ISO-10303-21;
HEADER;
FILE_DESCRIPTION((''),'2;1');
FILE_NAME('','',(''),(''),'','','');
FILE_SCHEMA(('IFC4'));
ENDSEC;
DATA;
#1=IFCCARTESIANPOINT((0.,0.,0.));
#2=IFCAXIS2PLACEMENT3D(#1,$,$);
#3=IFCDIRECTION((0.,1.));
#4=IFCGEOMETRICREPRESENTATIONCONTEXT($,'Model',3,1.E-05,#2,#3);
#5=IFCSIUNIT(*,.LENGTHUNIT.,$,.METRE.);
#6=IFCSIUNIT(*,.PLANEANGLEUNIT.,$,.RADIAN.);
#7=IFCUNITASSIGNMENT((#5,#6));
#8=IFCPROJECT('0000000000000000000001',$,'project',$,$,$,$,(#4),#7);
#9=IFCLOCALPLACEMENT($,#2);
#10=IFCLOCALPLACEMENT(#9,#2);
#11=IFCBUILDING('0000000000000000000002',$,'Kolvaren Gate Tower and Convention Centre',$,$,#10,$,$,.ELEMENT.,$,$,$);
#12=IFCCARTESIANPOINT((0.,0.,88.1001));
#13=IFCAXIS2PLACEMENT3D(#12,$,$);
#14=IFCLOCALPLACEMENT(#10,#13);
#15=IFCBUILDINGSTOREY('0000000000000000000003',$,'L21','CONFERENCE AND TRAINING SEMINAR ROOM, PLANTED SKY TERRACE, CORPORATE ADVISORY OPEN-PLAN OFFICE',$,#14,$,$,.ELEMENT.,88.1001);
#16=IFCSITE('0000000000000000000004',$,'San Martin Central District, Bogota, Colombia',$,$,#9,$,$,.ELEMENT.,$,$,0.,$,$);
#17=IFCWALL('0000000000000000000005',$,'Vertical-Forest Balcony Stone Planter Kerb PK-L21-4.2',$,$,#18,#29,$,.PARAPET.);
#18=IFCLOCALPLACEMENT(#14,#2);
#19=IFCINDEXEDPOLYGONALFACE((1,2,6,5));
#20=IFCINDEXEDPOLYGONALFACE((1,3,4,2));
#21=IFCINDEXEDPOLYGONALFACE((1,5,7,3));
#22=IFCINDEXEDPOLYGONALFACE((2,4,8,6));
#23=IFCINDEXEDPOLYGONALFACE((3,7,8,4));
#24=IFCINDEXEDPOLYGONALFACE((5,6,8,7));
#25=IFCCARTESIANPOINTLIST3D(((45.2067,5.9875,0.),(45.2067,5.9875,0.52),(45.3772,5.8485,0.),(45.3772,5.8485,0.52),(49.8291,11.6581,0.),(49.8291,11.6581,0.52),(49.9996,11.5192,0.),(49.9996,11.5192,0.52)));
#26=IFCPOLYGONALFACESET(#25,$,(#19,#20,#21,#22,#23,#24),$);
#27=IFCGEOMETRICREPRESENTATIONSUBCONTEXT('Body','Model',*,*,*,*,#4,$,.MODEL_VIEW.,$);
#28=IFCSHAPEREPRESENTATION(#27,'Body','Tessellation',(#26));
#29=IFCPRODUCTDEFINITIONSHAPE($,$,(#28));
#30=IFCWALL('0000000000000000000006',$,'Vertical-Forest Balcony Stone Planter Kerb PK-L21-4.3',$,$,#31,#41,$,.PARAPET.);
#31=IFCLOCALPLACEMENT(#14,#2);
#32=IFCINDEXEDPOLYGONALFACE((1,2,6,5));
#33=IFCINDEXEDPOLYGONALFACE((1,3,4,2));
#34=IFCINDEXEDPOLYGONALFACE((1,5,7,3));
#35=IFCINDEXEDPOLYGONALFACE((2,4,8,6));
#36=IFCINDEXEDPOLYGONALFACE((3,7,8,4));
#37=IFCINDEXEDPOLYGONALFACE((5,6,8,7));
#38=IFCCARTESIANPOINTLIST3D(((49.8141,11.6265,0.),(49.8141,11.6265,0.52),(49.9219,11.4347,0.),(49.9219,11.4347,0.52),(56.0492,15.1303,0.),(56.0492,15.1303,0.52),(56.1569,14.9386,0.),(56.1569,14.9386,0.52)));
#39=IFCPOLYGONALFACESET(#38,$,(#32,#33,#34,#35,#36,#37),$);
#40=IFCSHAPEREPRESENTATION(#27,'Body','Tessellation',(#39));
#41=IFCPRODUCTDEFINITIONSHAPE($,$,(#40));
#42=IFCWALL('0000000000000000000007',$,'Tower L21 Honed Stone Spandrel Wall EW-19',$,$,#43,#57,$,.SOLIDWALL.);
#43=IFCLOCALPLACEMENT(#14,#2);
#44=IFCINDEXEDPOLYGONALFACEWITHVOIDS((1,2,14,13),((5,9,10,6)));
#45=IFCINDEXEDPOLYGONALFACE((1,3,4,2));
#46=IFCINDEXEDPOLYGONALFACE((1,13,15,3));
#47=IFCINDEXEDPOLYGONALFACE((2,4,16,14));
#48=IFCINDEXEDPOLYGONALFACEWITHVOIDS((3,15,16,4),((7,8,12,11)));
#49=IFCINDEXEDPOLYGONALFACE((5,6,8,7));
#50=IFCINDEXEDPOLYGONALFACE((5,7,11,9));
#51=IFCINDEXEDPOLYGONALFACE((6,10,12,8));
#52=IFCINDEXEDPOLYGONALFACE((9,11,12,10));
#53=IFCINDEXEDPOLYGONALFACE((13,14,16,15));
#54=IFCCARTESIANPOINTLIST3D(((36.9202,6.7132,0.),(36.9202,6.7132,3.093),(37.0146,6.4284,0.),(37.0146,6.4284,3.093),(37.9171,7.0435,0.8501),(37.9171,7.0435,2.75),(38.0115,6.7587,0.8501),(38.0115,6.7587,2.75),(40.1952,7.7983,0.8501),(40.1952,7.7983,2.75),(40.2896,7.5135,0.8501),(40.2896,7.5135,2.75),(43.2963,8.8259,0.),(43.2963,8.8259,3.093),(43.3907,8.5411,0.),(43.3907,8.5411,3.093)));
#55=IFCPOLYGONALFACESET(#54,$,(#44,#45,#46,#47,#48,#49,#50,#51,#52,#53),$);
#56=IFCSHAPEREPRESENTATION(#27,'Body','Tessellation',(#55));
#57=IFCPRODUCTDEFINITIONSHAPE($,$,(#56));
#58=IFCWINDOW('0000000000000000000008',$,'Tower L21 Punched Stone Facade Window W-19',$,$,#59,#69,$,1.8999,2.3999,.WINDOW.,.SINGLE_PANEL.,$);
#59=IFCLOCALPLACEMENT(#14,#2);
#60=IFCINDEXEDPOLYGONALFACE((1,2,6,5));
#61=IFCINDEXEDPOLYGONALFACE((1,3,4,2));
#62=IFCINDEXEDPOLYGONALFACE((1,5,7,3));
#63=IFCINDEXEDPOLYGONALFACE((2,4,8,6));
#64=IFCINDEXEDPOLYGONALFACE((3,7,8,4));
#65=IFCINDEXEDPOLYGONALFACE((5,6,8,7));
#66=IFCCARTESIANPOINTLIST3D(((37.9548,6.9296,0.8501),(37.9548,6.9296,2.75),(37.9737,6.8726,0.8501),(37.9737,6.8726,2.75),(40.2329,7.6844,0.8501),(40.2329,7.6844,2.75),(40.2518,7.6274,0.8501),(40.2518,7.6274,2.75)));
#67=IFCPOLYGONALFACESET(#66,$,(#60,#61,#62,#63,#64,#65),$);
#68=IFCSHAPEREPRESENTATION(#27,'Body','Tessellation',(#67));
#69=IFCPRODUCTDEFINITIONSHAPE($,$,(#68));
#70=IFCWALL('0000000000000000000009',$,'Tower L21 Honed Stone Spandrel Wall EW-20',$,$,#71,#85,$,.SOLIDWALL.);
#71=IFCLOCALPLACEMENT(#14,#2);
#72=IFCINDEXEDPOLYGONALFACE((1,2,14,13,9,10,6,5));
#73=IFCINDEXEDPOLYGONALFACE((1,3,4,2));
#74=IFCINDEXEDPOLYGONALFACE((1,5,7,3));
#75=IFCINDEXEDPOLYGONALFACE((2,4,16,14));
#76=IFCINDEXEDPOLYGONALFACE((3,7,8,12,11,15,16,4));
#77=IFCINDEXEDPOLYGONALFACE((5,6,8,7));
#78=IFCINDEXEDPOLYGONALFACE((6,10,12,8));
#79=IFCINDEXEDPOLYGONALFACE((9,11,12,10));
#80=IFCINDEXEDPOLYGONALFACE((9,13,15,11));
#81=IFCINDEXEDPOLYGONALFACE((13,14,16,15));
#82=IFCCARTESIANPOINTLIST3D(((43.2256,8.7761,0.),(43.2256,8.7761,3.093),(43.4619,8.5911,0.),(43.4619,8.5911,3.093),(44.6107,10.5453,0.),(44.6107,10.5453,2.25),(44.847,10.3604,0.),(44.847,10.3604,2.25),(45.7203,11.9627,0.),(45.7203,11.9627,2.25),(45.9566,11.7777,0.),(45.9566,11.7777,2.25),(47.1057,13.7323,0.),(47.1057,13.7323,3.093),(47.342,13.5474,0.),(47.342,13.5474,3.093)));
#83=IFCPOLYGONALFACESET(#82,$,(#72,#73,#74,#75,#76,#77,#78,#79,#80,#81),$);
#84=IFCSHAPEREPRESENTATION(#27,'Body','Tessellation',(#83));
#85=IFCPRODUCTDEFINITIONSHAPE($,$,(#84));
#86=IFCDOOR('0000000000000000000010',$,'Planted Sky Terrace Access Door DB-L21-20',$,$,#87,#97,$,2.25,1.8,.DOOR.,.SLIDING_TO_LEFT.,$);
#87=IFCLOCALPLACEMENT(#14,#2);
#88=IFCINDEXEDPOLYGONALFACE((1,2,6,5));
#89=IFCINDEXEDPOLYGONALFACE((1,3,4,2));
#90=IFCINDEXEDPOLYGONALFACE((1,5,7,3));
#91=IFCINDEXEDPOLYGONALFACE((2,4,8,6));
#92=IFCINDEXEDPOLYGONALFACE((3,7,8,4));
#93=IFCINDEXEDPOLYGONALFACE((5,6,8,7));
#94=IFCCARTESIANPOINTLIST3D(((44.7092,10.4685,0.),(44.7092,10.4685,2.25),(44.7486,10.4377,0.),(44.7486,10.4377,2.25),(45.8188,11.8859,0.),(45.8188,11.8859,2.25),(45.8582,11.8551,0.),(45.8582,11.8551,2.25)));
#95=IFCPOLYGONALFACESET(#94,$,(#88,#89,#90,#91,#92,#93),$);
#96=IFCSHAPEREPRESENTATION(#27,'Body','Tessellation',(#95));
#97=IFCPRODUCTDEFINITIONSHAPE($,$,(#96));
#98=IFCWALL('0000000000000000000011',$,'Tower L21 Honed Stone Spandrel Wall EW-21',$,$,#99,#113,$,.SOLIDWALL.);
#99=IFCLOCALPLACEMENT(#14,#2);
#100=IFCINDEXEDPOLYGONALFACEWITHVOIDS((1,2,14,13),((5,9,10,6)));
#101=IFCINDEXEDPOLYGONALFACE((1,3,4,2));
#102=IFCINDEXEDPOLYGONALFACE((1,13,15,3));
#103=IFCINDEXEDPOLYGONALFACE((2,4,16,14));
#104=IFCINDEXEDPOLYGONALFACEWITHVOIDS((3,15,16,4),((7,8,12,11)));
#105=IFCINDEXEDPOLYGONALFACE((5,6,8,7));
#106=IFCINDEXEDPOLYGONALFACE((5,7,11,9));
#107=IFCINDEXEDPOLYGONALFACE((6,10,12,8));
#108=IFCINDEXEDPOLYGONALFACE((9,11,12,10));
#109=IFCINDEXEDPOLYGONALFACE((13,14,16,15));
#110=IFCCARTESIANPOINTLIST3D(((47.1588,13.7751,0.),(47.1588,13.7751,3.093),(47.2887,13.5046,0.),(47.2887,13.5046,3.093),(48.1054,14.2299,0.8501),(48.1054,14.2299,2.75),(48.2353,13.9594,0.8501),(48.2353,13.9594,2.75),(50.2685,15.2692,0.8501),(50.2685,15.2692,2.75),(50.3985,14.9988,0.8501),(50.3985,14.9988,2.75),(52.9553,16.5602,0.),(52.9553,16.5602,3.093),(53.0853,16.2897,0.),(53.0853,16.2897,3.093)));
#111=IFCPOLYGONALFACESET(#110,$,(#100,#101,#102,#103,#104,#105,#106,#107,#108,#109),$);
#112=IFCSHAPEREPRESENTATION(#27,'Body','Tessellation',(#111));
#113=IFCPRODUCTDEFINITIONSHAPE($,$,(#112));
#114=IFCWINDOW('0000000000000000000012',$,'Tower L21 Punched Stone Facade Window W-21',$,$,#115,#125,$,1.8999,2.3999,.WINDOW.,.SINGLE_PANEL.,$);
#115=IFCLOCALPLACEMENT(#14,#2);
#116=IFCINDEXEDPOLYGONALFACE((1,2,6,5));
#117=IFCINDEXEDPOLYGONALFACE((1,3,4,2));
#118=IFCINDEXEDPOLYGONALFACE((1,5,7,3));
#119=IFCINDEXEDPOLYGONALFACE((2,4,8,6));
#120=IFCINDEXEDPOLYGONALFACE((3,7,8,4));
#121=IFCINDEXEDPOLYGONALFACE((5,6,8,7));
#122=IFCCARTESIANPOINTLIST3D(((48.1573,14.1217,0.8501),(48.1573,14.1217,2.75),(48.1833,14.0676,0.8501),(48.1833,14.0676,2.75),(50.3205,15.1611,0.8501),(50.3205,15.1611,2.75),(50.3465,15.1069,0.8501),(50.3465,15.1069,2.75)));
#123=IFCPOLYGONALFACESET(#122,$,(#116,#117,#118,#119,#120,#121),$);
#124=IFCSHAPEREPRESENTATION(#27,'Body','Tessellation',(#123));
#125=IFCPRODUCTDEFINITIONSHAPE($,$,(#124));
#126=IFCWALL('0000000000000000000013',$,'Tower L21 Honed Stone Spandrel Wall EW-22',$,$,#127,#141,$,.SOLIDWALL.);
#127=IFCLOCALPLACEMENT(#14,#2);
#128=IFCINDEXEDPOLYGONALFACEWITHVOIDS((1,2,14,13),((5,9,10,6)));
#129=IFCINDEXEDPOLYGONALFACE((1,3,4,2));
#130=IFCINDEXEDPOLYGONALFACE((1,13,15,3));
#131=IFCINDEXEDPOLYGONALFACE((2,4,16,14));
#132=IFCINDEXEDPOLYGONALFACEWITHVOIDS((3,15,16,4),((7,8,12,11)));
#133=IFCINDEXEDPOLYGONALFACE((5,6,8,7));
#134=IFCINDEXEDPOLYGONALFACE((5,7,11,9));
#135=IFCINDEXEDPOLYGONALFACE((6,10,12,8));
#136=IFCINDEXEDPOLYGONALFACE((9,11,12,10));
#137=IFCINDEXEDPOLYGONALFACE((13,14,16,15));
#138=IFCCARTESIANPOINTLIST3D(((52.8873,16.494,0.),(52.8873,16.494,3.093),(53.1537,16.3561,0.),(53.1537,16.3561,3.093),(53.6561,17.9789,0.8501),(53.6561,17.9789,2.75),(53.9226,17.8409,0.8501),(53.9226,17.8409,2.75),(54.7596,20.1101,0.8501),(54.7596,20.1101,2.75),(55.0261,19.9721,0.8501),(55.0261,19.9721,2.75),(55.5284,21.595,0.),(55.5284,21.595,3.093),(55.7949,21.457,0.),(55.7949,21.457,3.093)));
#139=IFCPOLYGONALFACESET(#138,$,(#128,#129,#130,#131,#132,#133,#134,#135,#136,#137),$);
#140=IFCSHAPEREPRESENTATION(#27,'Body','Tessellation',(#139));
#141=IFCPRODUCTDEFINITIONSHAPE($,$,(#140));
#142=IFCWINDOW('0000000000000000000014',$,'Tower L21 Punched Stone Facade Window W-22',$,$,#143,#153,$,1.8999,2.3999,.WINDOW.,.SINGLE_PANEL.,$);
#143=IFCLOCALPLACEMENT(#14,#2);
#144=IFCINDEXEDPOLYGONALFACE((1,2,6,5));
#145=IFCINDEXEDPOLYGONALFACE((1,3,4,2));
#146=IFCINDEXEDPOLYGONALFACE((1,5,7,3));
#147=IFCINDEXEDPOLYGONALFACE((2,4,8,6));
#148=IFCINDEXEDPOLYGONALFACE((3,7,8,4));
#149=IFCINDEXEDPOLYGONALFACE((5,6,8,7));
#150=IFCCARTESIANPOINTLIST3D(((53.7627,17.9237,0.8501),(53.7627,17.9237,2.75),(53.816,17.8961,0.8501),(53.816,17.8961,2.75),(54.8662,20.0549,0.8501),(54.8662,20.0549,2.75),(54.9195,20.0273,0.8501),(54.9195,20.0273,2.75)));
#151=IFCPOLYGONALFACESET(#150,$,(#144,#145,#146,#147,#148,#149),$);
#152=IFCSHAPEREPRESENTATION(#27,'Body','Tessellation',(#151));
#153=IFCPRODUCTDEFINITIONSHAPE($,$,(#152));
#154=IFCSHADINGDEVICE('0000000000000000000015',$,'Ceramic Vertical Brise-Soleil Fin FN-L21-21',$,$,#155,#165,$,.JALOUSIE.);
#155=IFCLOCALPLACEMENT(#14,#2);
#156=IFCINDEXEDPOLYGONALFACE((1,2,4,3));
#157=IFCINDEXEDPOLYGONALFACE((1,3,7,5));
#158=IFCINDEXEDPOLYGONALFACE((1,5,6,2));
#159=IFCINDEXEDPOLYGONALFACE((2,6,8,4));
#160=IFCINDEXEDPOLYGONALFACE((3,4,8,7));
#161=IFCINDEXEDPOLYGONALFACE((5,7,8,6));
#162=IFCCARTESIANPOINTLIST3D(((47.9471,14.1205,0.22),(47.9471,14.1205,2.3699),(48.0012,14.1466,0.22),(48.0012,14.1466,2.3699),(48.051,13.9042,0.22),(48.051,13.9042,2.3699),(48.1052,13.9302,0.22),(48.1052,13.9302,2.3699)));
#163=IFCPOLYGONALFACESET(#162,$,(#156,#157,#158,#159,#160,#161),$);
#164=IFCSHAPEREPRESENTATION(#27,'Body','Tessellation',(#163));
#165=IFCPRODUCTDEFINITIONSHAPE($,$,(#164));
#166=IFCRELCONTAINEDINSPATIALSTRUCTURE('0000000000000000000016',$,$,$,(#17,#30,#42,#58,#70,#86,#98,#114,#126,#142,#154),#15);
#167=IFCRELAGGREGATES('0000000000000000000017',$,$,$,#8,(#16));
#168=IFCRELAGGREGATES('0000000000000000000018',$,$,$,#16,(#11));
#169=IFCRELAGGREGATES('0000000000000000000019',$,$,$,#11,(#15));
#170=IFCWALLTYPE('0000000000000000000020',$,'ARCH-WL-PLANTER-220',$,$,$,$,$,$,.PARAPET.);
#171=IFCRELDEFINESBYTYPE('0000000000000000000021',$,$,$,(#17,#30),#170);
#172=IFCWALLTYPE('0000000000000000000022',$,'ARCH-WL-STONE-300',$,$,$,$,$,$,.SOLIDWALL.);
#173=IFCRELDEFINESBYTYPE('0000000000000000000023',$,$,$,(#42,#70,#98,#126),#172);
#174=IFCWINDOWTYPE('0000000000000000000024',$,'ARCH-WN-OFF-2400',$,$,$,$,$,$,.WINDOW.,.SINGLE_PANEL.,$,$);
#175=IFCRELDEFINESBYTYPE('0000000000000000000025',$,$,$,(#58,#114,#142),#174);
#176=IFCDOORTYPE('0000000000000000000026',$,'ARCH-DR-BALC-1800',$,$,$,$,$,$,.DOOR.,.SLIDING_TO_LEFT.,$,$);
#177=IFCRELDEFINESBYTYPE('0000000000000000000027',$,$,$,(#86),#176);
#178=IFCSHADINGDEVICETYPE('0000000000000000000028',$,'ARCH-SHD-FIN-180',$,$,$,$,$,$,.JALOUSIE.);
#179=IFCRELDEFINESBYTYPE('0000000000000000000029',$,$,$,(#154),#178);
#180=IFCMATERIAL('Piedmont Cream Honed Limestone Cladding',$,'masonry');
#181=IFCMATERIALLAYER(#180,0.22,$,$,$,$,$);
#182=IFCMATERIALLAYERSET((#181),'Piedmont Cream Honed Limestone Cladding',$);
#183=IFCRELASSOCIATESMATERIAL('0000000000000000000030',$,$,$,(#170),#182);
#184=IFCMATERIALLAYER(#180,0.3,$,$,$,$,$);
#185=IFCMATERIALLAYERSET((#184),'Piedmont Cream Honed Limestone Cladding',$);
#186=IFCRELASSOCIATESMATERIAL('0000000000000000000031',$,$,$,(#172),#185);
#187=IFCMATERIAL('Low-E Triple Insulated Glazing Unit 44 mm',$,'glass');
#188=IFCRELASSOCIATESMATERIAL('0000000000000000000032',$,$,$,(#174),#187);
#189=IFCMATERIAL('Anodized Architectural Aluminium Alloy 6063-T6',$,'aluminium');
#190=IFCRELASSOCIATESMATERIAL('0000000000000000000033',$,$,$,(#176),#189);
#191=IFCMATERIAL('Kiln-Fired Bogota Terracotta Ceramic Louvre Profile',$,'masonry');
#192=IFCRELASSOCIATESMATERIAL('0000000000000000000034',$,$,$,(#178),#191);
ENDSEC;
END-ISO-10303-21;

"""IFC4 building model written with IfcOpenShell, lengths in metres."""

from ifc_helpers import new_model, si_unit, direction, frame, frame_2d, origin, origin_2d, place, context, subcontext, project, spatial, rectangle, extrude, material, layer, layer_set, type_object, element, fill, save


model = new_model("IFC4")

# Units and contexts
model_context = context("Model", 3, precision=1e-05, world=origin(), true_north=direction((0.0, 1.0)))
body_context = subcontext(model_context, "Body", "Model", "MODEL_VIEW")
ifc_project = project(units=[si_unit("LENGTHUNIT", "METRE"), si_unit("PLANEANGLEUNIT", "RADIAN")], contexts=[model_context])

# Site, building, storey
site_placement = place(None, origin())
site = spatial("IfcSite", under=ifc_project, at=site_placement, Name="San Martin Central District, Bogota, Colombia", CompositionType="ELEMENT", RefElevation=0.0)
building_placement = place(site_placement, origin())
building = spatial("IfcBuilding", under=site, at=building_placement, Name="Kolvaren Gate Tower and Convention Centre", CompositionType="ELEMENT")
storey_placement = place(building_placement, frame((0.0, 0.0, 88.1001)))
storey = spatial("IfcBuildingStorey", under=building, at=storey_placement, Name="L21", Description="CONFERENCE AND TRAINING SEMINAR ROOM, PLANTED SKY TERRACE, CORPORATE ADVISORY OPEN-PLAN OFFICE", CompositionType="ELEMENT", Elevation=88.1001)

# Walls
ifc_material_1 = material(Name="Piedmont Cream Honed Limestone Cladding", Category="masonry")
ifc_layer_1 = layer(ifc_material_1, 0.22)
ifc_layer_set_1 = layer_set([ifc_layer_1], Name="Piedmont Cream Honed Limestone Cladding")
wall_type_1 = type_object("IfcWallType", Name="ARCH-WL-PLANTER-220", PredefinedType="PARAPET", material=ifc_layer_set_1)
wall_1_placement = place(storey_placement, frame((45.292, 5.918, 0.0), z_axis=(0.0, 0.0, 1.0), x_axis=(0.631819, 0.775116, 0.0)))
element("IfcWall", 1, at=wall_1_placement, inside=storey, type_object=wall_type_1, Name="Vertical-Forest Balcony Stone Planter Kerb PK-L21-4.2", PredefinedType="PARAPET", context=body_context, shape_type="SweptSolid", body=[
    extrude(rectangle(XDim=7.3159, YDim=0.22, at=frame_2d((3.658, 0.0))), origin(), (0.0, 0.0, 1.0), 0.52),
])
wall_2_placement = place(storey_placement, frame((49.8679, 11.5305, 0.0), z_axis=(0.0, 0.0, 1.0), x_axis=(0.871775, 0.489906, 0.0)))
element("IfcWall", 2, at=wall_2_placement, inside=storey, type_object=wall_type_1, Name="Vertical-Forest Balcony Stone Planter Kerb PK-L21-4.3", PredefinedType="PARAPET", context=body_context, shape_type="SweptSolid", body=[
    extrude(rectangle(XDim=7.1521, YDim=0.22, at=frame_2d((3.5762, 0.0))), origin(), (0.0, 0.0, 1.0), 0.52),
])

# Wall, opening, window
ifc_layer_2 = layer(ifc_material_1, 0.3)
ifc_layer_set_2 = layer_set([ifc_layer_2], Name="Piedmont Cream Honed Limestone Cladding")
wall_type_2 = type_object("IfcWallType", Name="ARCH-WL-STONE-300", PredefinedType="SOLIDWALL", material=ifc_layer_set_2)
wall_3_placement = place(storey_placement, frame((36.9675, 6.5708, 0.0), z_axis=(0.0, 0.0, 1.0), x_axis=(0.949245, 0.314537, 0.0)))
wall_3 = element("IfcWall", 3, at=wall_3_placement, inside=storey, type_object=wall_type_2, Name="Tower L21 Honed Stone Spandrel Wall EW-19", PredefinedType="SOLIDWALL", context=body_context, shape_type="SweptSolid", body=[
    extrude(rectangle(XDim=6.717, YDim=0.3, at=frame_2d((3.3584, 0.0))), origin(), (0.0, 0.0, 1.0), 3.093),
])
opening_1_placement = place(wall_3_placement, frame((1.05, 0.0, 0.8501)))
opening_1 = element("IfcOpeningElement", 4, at=opening_1_placement, cuts=wall_3, PredefinedType="OPENING", context=body_context, shape_type="SweptSolid", body=[
    extrude(rectangle(XDim=2.3999, YDim=1.8999, at=frame_2d((1.2, 0.95))), frame((0.0, 0.1599, 0.0), z_axis=(0.0, -1.0, 0.0), x_axis=(1.0, 0.0, 0.0)), (0.0, 0.0, 1.0), 0.3201),
])
ifc_material_2 = material(Name="Low-E Triple Insulated Glazing Unit 44 mm", Category="glass")
window_type = type_object("IfcWindowType", Name="ARCH-WN-OFF-2400", PartitioningType="SINGLE_PANEL", PredefinedType="WINDOW", material=ifc_material_2)
window_1_placement = place(opening_1_placement, origin())
window_1 = element("IfcWindow", 5, at=window_1_placement, inside=storey, type_object=window_type, Name="Tower L21 Punched Stone Facade Window W-19", OverallHeight=1.8999, OverallWidth=2.3999, PartitioningType="SINGLE_PANEL", PredefinedType="WINDOW", context=body_context, shape_type="SweptSolid", body=[
    extrude(rectangle(XDim=2.3999, YDim=1.8999, at=frame_2d((1.2, 0.95))), frame((0.0, 0.03, 0.0), z_axis=(0.0, -1.0, 0.0), x_axis=(1.0, 0.0, 0.0)), (0.0, 0.0, 1.0), 0.0601),
])
fill(opening_1, window_1)

# Wall, opening, door
wall_4_placement = place(storey_placement, frame((43.3438, 8.6836, 0.0), z_axis=(0.0, 0.0, 1.0), x_axis=(0.616435, 0.787406, 0.0)))
wall_4 = element("IfcWall", 6, at=wall_4_placement, inside=storey, type_object=wall_type_2, Name="Tower L21 Honed Stone Spandrel Wall EW-20", PredefinedType="SOLIDWALL", context=body_context, shape_type="SweptSolid", body=[
    extrude(rectangle(XDim=6.2944, YDim=0.3, at=frame_2d((3.1472, 0.0))), origin(), (0.0, 0.0, 1.0), 3.093),
])
opening_2_placement = place(wall_4_placement, frame((2.2471, 0.0, 0.0)))
opening_2 = element("IfcOpeningElement", 7, at=opening_2_placement, cuts=wall_4, PredefinedType="OPENING", context=body_context, shape_type="SweptSolid", body=[
    extrude(rectangle(XDim=1.8, YDim=2.25, at=frame_2d((0.8999, 1.125))), frame((0.0, 0.1599, 0.0), z_axis=(0.0, -1.0, 0.0), x_axis=(1.0, 0.0, 0.0)), (0.0, 0.0, 1.0), 0.3201),
])
ifc_material_3 = material(Name="Anodized Architectural Aluminium Alloy 6063-T6", Category="aluminium")
door_type = type_object("IfcDoorType", Name="ARCH-DR-BALC-1800", OperationType="SLIDING_TO_LEFT", PredefinedType="DOOR", material=ifc_material_3)
door_placement = place(opening_2_placement, frame((1.8, 0.0, 0.0), z_axis=(0.0, 0.0, 1.0), x_axis=(-1.0, 0.0, 0.0)))
door = element("IfcDoor", 8, at=door_placement, inside=storey, type_object=door_type, Name="Planted Sky Terrace Access Door DB-L21-20", OperationType="SLIDING_TO_LEFT", OverallHeight=2.25, OverallWidth=1.8, PredefinedType="DOOR", context=body_context, shape_type="SweptSolid", body=[
    extrude(rectangle(XDim=1.8, YDim=2.25, at=frame_2d((0.8999, 1.125))), frame((0.0, 0.0249, 0.0), z_axis=(0.0, -1.0, 0.0), x_axis=(1.0, 0.0, 0.0)), (0.0, 0.0, 1.0), 0.05),
])
fill(opening_2, door)

# Walls, openings, windows
wall_5_placement = place(storey_placement, frame((47.2239, 13.6399, 0.0), z_axis=(0.0, 0.0, 1.0), x_axis=(0.901355, 0.433082, 0.0)))
wall_5 = element("IfcWall", 9, at=wall_5_placement, inside=storey, type_object=wall_type_2, Name="Tower L21 Honed Stone Spandrel Wall EW-21", PredefinedType="SOLIDWALL", context=body_context, shape_type="SweptSolid", body=[
    extrude(rectangle(XDim=6.4309, YDim=0.3, at=frame_2d((3.2153, 0.0))), origin(), (0.0, 0.0, 1.0), 3.093),
])
opening_3_placement = place(wall_5_placement, frame((1.05, 0.0, 0.8501)))
opening_3 = element("IfcOpeningElement", 10, at=opening_3_placement, cuts=wall_5, PredefinedType="OPENING", context=body_context, shape_type="SweptSolid", body=[
    extrude(rectangle(XDim=2.3999, YDim=1.8999, at=frame_2d((1.2, 0.95))), frame((0.0, 0.1599, 0.0), z_axis=(0.0, -1.0, 0.0), x_axis=(1.0, 0.0, 0.0)), (0.0, 0.0, 1.0), 0.3201),
])
window_2_placement = place(opening_3_placement, origin())
window_2 = element("IfcWindow", 11, at=window_2_placement, inside=storey, type_object=window_type, Name="Tower L21 Punched Stone Facade Window W-21", OverallHeight=1.8999, OverallWidth=2.3999, PartitioningType="SINGLE_PANEL", PredefinedType="WINDOW", context=body_context, shape_type="SweptSolid", body=[
    extrude(rectangle(XDim=2.3999, YDim=1.8999, at=frame_2d((1.2, 0.95))), frame((0.0, 0.03, 0.0), z_axis=(0.0, -1.0, 0.0), x_axis=(1.0, 0.0, 0.0)), (0.0, 0.0, 1.0), 0.0601),
])
fill(opening_3, window_2)
wall_6_placement = place(storey_placement, frame((53.0205, 16.425, 0.0), z_axis=(0.0, 0.0, 1.0), x_axis=(0.459801, 0.888022, 0.0)))
wall_6 = element("IfcWall", 12, at=wall_6_placement, inside=storey, type_object=wall_type_2, Name="Tower L21 Honed Stone Spandrel Wall EW-22", PredefinedType="SOLIDWALL", context=body_context, shape_type="SweptSolid", body=[
    extrude(rectangle(XDim=5.7441, YDim=0.3, at=frame_2d((2.8721, 0.0))), origin(), (0.0, 0.0, 1.0), 3.093),
])
opening_4_placement = place(wall_6_placement, frame((1.6721, 0.0, 0.8501)))
opening_4 = element("IfcOpeningElement", 13, at=opening_4_placement, cuts=wall_6, PredefinedType="OPENING", context=body_context, shape_type="SweptSolid", body=[
    extrude(rectangle(XDim=2.3999, YDim=1.8999, at=frame_2d((1.2, 0.95))), frame((0.0, 0.1599, 0.0), z_axis=(0.0, -1.0, 0.0), x_axis=(1.0, 0.0, 0.0)), (0.0, 0.0, 1.0), 0.3201),
])
window_3_placement = place(opening_4_placement, origin())
window_3 = element("IfcWindow", 14, at=window_3_placement, inside=storey, type_object=window_type, Name="Tower L21 Punched Stone Facade Window W-22", OverallHeight=1.8999, OverallWidth=2.3999, PartitioningType="SINGLE_PANEL", PredefinedType="WINDOW", context=body_context, shape_type="SweptSolid", body=[
    extrude(rectangle(XDim=2.3999, YDim=1.8999, at=frame_2d((1.2, 0.95))), frame((0.0, 0.03, 0.0), z_axis=(0.0, -1.0, 0.0), x_axis=(1.0, 0.0, 0.0)), (0.0, 0.0, 1.0), 0.0601),
])
fill(opening_4, window_3)

# Shading device
ifc_material_4 = material(Name="Kiln-Fired Bogota Terracotta Ceramic Louvre Profile", Category="masonry")
shading_device_type = type_object("IfcShadingDeviceType", Name="ARCH-SHD-FIN-180", PredefinedType="JALOUSIE", material=ifc_material_4)
shading_device_placement = place(storey_placement, frame((48.0261, 14.0254, 0.22), z_axis=(0.0, 0.0, 1.0), x_axis=(0.901358, 0.433076, 0.0)))
element("IfcShadingDevice", 15, at=shading_device_placement, inside=storey, type_object=shading_device_type, Name="Ceramic Vertical Brise-Soleil Fin FN-L21-21", PredefinedType="JALOUSIE", context=body_context, shape_type="SweptSolid", body=[
    extrude(rectangle(XDim=0.0601, YDim=0.24, at=origin_2d()), origin(), (0.0, 0.0, 1.0), 2.1499),
])

save(model, "model.ifc")
